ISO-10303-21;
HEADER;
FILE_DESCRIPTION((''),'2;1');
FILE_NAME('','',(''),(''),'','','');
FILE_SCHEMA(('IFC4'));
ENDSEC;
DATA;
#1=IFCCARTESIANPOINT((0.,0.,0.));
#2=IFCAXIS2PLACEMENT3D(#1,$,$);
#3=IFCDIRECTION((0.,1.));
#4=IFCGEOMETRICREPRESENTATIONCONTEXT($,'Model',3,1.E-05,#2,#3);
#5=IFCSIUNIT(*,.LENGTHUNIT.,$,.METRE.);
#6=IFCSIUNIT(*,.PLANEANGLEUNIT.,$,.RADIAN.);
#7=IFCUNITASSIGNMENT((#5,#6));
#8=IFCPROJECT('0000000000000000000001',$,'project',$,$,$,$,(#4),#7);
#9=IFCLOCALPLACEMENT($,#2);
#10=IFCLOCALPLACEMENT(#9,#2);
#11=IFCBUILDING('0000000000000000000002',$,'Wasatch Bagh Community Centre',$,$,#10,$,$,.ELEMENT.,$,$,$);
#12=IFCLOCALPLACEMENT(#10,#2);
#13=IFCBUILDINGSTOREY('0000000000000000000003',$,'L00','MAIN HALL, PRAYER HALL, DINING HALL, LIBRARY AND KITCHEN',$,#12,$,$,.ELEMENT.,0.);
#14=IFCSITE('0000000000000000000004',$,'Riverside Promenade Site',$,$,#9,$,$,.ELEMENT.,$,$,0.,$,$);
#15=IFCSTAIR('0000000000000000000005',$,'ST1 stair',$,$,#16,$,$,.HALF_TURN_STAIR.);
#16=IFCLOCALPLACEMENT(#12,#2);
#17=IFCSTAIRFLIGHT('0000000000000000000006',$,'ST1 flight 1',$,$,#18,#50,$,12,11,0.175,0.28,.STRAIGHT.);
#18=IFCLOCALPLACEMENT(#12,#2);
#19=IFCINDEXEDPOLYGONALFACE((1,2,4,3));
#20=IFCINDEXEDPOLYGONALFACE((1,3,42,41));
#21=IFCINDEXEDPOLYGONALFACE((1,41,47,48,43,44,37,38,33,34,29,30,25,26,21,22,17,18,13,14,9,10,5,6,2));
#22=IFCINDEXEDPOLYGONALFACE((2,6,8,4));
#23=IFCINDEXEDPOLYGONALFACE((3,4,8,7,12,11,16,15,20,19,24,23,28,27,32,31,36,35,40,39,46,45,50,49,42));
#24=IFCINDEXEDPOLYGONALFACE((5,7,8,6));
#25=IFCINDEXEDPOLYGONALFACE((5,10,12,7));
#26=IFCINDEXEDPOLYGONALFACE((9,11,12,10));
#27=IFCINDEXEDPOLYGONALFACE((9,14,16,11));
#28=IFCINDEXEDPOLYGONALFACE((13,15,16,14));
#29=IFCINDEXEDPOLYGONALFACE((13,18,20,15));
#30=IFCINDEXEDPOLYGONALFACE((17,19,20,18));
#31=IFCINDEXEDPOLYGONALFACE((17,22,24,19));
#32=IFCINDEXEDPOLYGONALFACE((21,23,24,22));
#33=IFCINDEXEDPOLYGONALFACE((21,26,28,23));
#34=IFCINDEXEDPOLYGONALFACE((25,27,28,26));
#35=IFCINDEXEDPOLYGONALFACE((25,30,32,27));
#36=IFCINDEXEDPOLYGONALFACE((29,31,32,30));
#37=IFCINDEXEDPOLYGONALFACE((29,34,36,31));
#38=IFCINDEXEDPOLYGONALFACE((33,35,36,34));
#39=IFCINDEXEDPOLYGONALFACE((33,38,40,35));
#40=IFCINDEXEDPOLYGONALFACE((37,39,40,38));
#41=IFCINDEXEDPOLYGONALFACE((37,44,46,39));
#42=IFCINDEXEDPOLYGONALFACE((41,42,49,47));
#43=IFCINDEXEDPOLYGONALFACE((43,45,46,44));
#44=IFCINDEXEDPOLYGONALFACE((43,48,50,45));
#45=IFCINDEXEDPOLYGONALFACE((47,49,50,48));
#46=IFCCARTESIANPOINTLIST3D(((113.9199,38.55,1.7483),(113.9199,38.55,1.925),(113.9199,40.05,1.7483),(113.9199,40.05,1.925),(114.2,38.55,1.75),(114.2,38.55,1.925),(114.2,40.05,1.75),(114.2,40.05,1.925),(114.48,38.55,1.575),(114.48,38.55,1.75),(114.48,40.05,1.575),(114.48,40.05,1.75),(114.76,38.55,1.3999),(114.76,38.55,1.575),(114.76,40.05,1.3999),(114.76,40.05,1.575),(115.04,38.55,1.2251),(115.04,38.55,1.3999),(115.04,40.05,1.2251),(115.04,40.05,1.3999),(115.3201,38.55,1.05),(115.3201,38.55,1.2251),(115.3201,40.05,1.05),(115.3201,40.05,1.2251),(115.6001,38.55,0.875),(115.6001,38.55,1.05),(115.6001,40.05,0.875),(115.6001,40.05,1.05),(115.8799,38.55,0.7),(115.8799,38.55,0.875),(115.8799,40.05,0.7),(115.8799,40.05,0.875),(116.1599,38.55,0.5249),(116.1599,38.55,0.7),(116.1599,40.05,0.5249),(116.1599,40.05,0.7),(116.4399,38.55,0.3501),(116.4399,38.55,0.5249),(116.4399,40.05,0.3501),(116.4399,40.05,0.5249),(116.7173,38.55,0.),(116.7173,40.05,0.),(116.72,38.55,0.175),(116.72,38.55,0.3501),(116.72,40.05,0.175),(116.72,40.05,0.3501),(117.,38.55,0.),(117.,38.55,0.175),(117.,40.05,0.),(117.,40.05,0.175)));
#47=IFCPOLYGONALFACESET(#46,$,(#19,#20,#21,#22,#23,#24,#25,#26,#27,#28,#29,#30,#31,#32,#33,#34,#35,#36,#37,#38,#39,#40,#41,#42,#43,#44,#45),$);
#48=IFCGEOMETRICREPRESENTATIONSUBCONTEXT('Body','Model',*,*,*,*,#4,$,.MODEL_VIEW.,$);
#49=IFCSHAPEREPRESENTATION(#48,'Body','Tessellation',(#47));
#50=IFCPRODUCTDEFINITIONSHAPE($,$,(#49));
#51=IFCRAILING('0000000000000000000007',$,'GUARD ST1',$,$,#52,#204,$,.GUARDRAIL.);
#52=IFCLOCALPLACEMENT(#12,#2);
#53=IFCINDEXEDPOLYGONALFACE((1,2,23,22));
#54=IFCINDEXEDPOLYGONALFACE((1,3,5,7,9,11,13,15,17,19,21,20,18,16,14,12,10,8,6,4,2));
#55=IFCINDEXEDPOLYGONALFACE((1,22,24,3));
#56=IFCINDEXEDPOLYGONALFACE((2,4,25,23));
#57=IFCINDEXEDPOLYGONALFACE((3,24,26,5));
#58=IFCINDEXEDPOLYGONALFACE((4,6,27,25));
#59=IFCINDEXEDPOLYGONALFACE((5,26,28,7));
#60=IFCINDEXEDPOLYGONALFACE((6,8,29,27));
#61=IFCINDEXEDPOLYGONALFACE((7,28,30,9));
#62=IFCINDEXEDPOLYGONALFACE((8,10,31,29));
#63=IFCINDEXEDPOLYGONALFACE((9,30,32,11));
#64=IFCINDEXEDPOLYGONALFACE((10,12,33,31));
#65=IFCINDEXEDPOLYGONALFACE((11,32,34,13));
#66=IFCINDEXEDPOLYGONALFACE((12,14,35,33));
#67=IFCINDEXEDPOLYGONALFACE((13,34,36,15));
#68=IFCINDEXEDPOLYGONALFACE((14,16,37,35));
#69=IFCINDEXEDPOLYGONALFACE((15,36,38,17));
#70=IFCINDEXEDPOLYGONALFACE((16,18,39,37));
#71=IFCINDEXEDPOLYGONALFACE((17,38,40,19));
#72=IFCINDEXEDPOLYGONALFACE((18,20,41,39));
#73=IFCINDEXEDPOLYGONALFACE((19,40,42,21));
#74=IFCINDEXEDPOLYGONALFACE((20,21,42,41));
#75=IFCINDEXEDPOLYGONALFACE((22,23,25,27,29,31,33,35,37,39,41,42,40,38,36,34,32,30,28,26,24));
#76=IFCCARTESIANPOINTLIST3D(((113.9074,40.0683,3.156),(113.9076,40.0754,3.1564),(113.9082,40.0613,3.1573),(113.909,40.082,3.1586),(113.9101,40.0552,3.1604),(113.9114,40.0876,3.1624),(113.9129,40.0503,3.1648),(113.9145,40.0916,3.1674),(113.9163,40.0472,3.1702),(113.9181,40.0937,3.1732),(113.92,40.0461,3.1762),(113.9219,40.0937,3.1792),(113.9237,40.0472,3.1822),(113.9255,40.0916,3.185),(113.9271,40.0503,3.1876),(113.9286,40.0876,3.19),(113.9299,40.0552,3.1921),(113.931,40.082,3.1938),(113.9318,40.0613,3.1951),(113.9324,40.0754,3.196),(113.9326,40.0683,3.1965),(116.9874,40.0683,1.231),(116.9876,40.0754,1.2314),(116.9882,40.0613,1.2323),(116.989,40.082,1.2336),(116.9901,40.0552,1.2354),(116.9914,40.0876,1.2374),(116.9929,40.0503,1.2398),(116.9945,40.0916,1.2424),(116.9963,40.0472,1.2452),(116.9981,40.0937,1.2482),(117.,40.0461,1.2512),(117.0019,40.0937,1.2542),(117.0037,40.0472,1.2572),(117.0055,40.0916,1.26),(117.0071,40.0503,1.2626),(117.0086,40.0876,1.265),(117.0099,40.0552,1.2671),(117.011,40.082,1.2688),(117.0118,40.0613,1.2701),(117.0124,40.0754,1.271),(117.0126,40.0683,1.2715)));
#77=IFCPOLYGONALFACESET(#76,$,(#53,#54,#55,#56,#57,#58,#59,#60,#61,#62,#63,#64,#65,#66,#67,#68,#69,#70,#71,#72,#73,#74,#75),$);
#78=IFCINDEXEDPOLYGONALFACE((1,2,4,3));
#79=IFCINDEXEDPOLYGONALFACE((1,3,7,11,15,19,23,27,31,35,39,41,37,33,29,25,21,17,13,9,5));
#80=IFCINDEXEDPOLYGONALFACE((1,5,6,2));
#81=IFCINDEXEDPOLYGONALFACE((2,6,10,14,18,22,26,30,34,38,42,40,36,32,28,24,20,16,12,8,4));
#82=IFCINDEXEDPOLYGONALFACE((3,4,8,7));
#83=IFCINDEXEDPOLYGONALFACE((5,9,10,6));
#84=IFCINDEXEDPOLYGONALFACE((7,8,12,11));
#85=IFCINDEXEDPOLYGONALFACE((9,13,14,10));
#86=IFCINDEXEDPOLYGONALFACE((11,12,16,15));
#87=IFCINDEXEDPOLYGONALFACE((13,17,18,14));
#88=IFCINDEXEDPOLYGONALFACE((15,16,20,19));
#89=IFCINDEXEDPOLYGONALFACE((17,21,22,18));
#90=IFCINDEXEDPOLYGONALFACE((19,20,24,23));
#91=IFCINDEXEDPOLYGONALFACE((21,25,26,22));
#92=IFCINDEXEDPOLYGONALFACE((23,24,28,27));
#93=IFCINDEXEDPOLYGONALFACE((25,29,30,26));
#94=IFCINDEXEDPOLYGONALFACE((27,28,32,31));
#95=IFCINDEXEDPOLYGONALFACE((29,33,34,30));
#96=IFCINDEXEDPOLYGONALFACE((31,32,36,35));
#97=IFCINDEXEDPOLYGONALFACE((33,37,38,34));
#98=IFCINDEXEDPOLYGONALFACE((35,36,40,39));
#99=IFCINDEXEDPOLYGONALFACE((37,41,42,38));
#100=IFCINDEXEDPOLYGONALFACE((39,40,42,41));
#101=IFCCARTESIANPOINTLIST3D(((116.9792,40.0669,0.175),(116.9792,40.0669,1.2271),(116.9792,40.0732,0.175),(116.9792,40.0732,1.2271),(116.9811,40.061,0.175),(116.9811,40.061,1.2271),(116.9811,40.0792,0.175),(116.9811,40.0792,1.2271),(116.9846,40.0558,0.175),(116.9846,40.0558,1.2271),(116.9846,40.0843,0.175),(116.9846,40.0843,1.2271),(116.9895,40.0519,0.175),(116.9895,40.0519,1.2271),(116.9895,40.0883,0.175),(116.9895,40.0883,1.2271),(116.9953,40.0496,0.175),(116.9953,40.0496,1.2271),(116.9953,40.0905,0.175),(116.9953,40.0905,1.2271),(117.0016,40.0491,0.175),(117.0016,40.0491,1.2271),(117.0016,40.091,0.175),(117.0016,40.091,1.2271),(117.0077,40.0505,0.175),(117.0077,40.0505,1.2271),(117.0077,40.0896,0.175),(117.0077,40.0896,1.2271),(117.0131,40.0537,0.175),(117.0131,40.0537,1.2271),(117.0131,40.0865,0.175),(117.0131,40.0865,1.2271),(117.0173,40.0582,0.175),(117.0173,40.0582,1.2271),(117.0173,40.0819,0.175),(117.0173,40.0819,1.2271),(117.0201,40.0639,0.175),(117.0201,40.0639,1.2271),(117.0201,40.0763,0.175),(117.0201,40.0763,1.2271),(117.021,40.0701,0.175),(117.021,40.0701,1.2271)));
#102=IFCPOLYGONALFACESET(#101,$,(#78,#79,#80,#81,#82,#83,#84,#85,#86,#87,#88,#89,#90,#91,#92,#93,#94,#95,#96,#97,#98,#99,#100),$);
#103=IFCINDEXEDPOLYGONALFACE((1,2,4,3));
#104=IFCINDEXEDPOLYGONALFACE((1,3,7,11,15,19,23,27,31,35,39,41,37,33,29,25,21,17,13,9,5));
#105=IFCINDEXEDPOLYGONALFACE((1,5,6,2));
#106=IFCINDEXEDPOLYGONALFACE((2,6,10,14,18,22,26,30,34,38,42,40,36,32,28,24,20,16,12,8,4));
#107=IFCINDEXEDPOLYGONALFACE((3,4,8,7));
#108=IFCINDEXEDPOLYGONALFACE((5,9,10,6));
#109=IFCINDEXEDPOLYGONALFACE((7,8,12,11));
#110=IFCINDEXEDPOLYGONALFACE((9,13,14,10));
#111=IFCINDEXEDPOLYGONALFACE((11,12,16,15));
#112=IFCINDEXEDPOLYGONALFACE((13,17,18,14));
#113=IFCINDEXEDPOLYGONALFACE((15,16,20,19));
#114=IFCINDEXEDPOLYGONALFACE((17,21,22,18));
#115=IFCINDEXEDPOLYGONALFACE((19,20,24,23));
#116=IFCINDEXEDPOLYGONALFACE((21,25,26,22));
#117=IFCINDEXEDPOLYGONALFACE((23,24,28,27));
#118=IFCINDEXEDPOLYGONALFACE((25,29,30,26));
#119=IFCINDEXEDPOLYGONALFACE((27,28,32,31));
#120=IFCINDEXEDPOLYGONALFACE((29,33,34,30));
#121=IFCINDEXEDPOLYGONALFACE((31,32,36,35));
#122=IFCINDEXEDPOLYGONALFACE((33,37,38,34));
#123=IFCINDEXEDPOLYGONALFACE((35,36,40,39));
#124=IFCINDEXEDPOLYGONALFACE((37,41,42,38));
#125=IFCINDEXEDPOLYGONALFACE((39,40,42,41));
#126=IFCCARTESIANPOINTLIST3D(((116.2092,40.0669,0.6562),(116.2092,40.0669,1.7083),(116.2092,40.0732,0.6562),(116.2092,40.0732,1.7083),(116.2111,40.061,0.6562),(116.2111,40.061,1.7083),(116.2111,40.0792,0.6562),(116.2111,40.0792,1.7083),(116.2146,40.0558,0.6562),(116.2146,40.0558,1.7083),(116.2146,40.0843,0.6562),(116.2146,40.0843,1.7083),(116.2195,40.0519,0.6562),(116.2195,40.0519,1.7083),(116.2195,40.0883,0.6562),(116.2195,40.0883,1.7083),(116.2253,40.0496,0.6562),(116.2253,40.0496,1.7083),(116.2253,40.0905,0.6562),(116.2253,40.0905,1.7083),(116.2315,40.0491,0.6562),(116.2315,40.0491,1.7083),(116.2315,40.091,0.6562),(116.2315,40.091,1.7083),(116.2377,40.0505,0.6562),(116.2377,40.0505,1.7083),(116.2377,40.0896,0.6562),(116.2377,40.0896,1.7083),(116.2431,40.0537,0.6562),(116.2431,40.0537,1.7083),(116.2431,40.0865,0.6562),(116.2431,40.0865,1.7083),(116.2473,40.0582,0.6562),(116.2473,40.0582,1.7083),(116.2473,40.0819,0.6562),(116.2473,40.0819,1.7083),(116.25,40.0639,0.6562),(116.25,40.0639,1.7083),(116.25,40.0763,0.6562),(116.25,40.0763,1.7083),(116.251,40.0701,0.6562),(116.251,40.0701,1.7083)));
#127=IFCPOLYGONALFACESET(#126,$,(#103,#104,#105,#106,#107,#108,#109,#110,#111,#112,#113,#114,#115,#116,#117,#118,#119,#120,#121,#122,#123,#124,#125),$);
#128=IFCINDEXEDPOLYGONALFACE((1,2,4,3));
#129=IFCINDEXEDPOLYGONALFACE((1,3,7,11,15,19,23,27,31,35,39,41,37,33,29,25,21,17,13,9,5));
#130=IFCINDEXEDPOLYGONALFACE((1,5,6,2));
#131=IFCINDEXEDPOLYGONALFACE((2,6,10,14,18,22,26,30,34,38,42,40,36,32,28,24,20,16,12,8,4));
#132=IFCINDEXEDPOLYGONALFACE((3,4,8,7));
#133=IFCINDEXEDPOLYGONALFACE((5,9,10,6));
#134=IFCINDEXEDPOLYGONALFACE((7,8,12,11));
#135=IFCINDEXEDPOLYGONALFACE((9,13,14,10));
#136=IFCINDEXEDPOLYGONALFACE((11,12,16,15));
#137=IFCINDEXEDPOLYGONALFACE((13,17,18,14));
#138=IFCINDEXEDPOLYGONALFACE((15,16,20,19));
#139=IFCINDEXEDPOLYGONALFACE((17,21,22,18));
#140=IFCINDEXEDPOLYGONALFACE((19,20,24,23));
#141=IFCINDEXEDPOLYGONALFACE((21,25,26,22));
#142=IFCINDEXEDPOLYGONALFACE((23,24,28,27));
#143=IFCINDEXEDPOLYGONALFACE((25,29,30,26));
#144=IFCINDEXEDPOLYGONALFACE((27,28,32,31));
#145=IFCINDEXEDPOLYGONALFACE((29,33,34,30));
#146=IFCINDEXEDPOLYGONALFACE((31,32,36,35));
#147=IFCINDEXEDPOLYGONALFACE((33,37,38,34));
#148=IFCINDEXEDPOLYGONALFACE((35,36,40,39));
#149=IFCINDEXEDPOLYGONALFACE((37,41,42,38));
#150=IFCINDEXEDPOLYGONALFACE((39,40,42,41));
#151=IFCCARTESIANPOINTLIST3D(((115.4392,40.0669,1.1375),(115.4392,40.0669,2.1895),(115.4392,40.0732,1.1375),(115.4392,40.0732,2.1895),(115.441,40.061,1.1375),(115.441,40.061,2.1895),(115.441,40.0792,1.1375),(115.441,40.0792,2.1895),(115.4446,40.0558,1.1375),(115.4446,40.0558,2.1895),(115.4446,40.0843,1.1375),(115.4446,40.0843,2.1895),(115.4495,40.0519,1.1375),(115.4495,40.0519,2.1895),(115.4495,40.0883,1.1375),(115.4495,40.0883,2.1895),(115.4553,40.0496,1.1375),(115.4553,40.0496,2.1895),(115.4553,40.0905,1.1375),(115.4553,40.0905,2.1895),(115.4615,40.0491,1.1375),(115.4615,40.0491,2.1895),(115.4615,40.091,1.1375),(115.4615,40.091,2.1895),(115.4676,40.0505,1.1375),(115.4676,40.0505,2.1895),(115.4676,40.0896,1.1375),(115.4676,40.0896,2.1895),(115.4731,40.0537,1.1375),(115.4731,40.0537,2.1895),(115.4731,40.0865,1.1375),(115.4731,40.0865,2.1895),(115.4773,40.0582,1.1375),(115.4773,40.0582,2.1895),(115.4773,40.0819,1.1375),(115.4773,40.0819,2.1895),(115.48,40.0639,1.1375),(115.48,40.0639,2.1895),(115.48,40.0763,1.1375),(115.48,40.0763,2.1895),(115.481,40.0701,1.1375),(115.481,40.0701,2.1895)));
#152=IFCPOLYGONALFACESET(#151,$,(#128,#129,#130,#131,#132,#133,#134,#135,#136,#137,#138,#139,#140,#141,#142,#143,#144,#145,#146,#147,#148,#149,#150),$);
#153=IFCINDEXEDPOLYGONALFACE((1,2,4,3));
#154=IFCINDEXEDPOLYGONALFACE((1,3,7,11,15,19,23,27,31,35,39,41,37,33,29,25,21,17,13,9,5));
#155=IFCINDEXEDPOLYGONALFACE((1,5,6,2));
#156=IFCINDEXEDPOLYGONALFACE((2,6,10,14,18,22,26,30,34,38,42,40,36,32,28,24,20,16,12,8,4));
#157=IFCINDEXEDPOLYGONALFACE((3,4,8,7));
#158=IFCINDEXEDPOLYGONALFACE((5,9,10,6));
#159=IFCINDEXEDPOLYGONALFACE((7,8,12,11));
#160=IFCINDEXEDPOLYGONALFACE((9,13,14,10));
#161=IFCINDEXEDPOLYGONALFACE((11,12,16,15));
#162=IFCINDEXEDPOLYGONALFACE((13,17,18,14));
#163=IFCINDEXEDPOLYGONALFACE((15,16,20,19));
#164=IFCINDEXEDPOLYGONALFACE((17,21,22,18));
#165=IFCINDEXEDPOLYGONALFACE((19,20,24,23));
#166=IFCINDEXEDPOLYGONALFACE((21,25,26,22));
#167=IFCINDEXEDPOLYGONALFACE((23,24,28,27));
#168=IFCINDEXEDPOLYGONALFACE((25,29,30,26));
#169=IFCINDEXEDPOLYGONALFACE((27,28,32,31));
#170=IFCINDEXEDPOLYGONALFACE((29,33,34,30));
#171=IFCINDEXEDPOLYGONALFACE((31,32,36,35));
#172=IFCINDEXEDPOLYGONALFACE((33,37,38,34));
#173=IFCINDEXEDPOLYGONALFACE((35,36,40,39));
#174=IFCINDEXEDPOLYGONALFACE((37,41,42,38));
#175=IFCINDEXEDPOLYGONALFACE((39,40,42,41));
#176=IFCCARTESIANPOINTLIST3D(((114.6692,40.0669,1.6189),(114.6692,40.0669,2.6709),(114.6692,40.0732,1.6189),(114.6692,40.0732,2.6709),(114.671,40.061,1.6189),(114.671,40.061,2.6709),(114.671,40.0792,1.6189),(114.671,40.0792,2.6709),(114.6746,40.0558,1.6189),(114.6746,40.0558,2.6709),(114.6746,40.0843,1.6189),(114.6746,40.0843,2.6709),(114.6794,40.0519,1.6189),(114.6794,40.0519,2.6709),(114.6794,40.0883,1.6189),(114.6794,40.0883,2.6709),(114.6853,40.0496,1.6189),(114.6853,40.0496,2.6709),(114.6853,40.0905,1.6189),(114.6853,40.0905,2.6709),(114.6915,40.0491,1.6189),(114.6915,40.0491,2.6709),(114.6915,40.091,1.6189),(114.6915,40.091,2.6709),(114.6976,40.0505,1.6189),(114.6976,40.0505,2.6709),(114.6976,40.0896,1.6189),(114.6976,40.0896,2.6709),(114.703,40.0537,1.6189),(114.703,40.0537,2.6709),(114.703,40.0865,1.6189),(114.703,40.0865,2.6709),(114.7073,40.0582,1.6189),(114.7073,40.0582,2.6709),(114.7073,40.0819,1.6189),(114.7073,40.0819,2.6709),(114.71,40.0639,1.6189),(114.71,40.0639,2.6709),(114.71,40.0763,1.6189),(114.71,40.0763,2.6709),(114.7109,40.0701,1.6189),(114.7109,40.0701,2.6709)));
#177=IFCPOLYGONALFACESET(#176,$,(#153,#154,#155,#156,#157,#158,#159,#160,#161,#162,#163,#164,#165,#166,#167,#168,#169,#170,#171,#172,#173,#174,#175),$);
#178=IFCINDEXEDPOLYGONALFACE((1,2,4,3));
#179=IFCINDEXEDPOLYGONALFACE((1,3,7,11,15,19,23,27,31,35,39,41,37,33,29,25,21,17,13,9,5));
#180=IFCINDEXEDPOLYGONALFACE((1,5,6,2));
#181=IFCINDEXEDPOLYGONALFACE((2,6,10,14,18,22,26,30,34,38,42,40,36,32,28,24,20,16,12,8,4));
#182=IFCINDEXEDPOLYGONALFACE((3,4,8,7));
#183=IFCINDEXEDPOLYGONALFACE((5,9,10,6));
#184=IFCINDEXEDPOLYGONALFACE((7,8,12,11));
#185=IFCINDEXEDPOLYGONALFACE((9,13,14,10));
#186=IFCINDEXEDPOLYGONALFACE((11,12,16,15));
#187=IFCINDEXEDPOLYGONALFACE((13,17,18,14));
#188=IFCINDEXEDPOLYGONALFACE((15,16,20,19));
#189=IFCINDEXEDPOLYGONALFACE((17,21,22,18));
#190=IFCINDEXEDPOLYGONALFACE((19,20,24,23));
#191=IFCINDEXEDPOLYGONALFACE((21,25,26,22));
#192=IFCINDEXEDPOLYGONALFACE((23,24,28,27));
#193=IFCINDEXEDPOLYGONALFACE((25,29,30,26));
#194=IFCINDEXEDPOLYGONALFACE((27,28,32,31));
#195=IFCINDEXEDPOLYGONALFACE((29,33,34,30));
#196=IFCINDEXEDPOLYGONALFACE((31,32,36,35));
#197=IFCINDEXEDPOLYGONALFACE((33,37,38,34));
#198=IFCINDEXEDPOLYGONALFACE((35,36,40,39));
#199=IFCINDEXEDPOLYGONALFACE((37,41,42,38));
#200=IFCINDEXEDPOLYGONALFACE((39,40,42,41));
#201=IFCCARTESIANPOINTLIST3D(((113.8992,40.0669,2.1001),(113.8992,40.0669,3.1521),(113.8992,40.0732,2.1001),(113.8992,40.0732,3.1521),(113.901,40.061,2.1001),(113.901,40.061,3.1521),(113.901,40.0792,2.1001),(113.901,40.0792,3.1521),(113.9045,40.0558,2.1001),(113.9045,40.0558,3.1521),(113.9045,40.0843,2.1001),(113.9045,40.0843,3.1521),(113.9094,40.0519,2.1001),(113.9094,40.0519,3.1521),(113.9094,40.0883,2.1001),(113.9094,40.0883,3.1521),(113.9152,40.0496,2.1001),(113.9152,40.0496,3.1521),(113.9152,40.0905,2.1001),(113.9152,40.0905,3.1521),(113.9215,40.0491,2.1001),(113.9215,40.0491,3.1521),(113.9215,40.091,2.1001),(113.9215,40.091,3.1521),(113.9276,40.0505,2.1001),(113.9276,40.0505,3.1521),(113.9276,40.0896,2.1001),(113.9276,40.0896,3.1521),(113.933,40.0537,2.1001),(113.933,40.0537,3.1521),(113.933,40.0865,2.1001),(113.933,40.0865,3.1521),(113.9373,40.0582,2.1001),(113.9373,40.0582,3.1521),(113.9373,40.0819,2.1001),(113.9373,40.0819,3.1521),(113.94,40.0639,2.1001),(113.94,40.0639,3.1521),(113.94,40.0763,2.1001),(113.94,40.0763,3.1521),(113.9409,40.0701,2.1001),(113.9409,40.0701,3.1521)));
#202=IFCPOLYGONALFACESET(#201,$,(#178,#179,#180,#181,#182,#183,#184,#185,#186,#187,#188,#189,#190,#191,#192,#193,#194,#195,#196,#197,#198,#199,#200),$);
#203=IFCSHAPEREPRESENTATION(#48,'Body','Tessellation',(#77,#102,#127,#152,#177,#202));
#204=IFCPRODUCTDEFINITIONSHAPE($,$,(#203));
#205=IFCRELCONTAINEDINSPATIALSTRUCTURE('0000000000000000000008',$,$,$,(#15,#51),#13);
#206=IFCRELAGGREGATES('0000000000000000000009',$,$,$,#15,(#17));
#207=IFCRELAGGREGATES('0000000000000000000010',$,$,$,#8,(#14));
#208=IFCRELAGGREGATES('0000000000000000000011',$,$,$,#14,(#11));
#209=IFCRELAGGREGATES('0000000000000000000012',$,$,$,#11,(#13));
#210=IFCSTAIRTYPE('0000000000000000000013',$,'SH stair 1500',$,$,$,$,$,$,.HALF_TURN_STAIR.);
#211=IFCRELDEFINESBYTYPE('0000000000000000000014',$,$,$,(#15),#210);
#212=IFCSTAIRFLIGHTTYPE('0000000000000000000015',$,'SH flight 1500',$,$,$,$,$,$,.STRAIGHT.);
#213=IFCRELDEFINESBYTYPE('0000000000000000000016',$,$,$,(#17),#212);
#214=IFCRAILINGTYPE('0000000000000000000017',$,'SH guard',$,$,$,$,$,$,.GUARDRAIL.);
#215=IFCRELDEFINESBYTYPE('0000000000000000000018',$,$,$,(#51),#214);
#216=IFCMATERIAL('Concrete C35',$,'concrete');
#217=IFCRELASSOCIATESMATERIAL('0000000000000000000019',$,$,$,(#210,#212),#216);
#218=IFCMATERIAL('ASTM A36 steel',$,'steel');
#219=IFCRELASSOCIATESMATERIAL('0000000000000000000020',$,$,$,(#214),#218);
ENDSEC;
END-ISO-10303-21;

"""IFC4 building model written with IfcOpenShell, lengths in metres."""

from ifc_helpers import new_model, si_unit, direction, frame, origin, origin_2d, place, context, subcontext, project, spatial, polyline, circle, outline, extrude, material, type_object, element, aggregate, save


model = new_model("IFC4")

# Units and contexts
model_context = context("Model", 3, precision=1e-05, world=origin(), true_north=direction((0.0, 1.0)))
body_context = subcontext(model_context, "Body", "Model", "MODEL_VIEW")
ifc_project = project(units=[si_unit("LENGTHUNIT", "METRE"), si_unit("PLANEANGLEUNIT", "RADIAN")], contexts=[model_context])

# Site, building, storey
site_placement = place(None, origin())
site = spatial("IfcSite", under=ifc_project, at=site_placement, Name="Riverside Promenade Site", CompositionType="ELEMENT", RefElevation=0.0)
building_placement = place(site_placement, origin())
building = spatial("IfcBuilding", under=site, at=building_placement, Name="Wasatch Bagh Community Centre", CompositionType="ELEMENT")
storey_placement = place(building_placement, origin())
storey = spatial("IfcBuildingStorey", under=building, at=storey_placement, Name="L00", Description="MAIN HALL, PRAYER HALL, DINING HALL, LIBRARY AND KITCHEN", CompositionType="ELEMENT", Elevation=0.0)

# Shared definitions
ifc_material_1 = material(Name="Concrete C35", Category="concrete")

# Stair, stair flight
stair_type = type_object("IfcStairType", Name="SH stair 1500", PredefinedType="HALF_TURN_STAIR", material=ifc_material_1)
stair_placement = place(storey_placement, origin())
stair = element("IfcStair", 1, at=stair_placement, inside=storey, type_object=stair_type, Name="ST1 stair", PredefinedType="HALF_TURN_STAIR")
stair_flight_type = type_object("IfcStairFlightType", Name="SH flight 1500", PredefinedType="STRAIGHT", material=ifc_material_1)
stair_flight_placement = place(storey_placement, frame((117.0, 39.3, 0.0), z_axis=(0.0, 0.0, 1.0), x_axis=(-1.0, 0.0, 0.0)))
stair_flight = element("IfcStairFlight", 2, at=stair_flight_placement, type_object=stair_flight_type, Name="ST1 flight 1", NumberOfRisers=12, NumberOfTreads=11, PredefinedType="STRAIGHT", RiserHeight=0.175, TreadLength=0.28, context=body_context, shape_type="SweptSolid", body=[
    extrude(outline(polyline([(0.0, 0.0), (0.0, 0.175), (0.28, 0.175), (0.28, 0.3501), (0.5601, 0.3501), (0.5601, 0.5249), (0.8401, 0.5249), (0.8401, 0.7), (1.1201, 0.7), (1.1201, 0.875), (1.3999, 0.875), (1.3999, 1.05), (1.6799, 1.05), (1.6799, 1.2251), (1.96, 1.2251), (1.96, 1.3999), (2.24, 1.3999), (2.24, 1.575), (2.52, 1.575), (2.52, 1.75), (2.8, 1.75), (2.8, 1.925), (3.0801, 1.925), (3.0801, 2.1001), (3.0801, 1.7483), (0.2827, 0.0), (0.0, 0.0)])), frame((0.0, 0.75, 0.0), z_axis=(0.0, -1.0, 0.0), x_axis=(1.0, 0.0, 0.0)), (0.0, 0.0, 1.0), 1.5),
])
aggregate(stair, [stair_flight])

# Railing
ifc_material_2 = material(Name="ASTM A36 steel", Category="steel")
railing_type_1 = type_object("IfcRailingType", Name="SH guard", PredefinedType="GUARDRAIL", material=ifc_material_2)
railing_placement = place(storey_placement, frame((117.0, 40.0701, 0.175)))
element("IfcRailing", 3, at=railing_placement, inside=storey, type_object=railing_type_1, Name="GUARD ST1", PredefinedType="GUARDRAIL", context=body_context, shape_type="SweptSolid", body=[
    extrude(circle(Radius=0.0239, at=origin_2d()), frame((0.0, 0.0, 1.0762), z_axis=(-0.847998, 0.0, 0.529999), x_axis=(0.0, -1.0, 0.0)), (0.0, 0.0, 1.0), 3.6321),
    extrude(circle(Radius=0.021, at=origin_2d()), origin(), (0.0, 0.0, 1.0), 1.052),
    extrude(circle(Radius=0.021, at=origin_2d()), frame((-0.77, 0.0, 0.4812)), (0.0, 0.0, 1.0), 1.052),
    extrude(circle(Radius=0.021, at=origin_2d()), frame((-1.54, 0.0, 0.9624)), (0.0, 0.0, 1.0), 1.052),
    extrude(circle(Radius=0.021, at=origin_2d()), frame((-2.3101, 0.0, 1.4438)), (0.0, 0.0, 1.0), 1.052),
    extrude(circle(Radius=0.021, at=origin_2d()), frame((-3.0801, 0.0, 1.925)), (0.0, 0.0, 1.0), 1.052),
])

save(model, "model.ifc")
